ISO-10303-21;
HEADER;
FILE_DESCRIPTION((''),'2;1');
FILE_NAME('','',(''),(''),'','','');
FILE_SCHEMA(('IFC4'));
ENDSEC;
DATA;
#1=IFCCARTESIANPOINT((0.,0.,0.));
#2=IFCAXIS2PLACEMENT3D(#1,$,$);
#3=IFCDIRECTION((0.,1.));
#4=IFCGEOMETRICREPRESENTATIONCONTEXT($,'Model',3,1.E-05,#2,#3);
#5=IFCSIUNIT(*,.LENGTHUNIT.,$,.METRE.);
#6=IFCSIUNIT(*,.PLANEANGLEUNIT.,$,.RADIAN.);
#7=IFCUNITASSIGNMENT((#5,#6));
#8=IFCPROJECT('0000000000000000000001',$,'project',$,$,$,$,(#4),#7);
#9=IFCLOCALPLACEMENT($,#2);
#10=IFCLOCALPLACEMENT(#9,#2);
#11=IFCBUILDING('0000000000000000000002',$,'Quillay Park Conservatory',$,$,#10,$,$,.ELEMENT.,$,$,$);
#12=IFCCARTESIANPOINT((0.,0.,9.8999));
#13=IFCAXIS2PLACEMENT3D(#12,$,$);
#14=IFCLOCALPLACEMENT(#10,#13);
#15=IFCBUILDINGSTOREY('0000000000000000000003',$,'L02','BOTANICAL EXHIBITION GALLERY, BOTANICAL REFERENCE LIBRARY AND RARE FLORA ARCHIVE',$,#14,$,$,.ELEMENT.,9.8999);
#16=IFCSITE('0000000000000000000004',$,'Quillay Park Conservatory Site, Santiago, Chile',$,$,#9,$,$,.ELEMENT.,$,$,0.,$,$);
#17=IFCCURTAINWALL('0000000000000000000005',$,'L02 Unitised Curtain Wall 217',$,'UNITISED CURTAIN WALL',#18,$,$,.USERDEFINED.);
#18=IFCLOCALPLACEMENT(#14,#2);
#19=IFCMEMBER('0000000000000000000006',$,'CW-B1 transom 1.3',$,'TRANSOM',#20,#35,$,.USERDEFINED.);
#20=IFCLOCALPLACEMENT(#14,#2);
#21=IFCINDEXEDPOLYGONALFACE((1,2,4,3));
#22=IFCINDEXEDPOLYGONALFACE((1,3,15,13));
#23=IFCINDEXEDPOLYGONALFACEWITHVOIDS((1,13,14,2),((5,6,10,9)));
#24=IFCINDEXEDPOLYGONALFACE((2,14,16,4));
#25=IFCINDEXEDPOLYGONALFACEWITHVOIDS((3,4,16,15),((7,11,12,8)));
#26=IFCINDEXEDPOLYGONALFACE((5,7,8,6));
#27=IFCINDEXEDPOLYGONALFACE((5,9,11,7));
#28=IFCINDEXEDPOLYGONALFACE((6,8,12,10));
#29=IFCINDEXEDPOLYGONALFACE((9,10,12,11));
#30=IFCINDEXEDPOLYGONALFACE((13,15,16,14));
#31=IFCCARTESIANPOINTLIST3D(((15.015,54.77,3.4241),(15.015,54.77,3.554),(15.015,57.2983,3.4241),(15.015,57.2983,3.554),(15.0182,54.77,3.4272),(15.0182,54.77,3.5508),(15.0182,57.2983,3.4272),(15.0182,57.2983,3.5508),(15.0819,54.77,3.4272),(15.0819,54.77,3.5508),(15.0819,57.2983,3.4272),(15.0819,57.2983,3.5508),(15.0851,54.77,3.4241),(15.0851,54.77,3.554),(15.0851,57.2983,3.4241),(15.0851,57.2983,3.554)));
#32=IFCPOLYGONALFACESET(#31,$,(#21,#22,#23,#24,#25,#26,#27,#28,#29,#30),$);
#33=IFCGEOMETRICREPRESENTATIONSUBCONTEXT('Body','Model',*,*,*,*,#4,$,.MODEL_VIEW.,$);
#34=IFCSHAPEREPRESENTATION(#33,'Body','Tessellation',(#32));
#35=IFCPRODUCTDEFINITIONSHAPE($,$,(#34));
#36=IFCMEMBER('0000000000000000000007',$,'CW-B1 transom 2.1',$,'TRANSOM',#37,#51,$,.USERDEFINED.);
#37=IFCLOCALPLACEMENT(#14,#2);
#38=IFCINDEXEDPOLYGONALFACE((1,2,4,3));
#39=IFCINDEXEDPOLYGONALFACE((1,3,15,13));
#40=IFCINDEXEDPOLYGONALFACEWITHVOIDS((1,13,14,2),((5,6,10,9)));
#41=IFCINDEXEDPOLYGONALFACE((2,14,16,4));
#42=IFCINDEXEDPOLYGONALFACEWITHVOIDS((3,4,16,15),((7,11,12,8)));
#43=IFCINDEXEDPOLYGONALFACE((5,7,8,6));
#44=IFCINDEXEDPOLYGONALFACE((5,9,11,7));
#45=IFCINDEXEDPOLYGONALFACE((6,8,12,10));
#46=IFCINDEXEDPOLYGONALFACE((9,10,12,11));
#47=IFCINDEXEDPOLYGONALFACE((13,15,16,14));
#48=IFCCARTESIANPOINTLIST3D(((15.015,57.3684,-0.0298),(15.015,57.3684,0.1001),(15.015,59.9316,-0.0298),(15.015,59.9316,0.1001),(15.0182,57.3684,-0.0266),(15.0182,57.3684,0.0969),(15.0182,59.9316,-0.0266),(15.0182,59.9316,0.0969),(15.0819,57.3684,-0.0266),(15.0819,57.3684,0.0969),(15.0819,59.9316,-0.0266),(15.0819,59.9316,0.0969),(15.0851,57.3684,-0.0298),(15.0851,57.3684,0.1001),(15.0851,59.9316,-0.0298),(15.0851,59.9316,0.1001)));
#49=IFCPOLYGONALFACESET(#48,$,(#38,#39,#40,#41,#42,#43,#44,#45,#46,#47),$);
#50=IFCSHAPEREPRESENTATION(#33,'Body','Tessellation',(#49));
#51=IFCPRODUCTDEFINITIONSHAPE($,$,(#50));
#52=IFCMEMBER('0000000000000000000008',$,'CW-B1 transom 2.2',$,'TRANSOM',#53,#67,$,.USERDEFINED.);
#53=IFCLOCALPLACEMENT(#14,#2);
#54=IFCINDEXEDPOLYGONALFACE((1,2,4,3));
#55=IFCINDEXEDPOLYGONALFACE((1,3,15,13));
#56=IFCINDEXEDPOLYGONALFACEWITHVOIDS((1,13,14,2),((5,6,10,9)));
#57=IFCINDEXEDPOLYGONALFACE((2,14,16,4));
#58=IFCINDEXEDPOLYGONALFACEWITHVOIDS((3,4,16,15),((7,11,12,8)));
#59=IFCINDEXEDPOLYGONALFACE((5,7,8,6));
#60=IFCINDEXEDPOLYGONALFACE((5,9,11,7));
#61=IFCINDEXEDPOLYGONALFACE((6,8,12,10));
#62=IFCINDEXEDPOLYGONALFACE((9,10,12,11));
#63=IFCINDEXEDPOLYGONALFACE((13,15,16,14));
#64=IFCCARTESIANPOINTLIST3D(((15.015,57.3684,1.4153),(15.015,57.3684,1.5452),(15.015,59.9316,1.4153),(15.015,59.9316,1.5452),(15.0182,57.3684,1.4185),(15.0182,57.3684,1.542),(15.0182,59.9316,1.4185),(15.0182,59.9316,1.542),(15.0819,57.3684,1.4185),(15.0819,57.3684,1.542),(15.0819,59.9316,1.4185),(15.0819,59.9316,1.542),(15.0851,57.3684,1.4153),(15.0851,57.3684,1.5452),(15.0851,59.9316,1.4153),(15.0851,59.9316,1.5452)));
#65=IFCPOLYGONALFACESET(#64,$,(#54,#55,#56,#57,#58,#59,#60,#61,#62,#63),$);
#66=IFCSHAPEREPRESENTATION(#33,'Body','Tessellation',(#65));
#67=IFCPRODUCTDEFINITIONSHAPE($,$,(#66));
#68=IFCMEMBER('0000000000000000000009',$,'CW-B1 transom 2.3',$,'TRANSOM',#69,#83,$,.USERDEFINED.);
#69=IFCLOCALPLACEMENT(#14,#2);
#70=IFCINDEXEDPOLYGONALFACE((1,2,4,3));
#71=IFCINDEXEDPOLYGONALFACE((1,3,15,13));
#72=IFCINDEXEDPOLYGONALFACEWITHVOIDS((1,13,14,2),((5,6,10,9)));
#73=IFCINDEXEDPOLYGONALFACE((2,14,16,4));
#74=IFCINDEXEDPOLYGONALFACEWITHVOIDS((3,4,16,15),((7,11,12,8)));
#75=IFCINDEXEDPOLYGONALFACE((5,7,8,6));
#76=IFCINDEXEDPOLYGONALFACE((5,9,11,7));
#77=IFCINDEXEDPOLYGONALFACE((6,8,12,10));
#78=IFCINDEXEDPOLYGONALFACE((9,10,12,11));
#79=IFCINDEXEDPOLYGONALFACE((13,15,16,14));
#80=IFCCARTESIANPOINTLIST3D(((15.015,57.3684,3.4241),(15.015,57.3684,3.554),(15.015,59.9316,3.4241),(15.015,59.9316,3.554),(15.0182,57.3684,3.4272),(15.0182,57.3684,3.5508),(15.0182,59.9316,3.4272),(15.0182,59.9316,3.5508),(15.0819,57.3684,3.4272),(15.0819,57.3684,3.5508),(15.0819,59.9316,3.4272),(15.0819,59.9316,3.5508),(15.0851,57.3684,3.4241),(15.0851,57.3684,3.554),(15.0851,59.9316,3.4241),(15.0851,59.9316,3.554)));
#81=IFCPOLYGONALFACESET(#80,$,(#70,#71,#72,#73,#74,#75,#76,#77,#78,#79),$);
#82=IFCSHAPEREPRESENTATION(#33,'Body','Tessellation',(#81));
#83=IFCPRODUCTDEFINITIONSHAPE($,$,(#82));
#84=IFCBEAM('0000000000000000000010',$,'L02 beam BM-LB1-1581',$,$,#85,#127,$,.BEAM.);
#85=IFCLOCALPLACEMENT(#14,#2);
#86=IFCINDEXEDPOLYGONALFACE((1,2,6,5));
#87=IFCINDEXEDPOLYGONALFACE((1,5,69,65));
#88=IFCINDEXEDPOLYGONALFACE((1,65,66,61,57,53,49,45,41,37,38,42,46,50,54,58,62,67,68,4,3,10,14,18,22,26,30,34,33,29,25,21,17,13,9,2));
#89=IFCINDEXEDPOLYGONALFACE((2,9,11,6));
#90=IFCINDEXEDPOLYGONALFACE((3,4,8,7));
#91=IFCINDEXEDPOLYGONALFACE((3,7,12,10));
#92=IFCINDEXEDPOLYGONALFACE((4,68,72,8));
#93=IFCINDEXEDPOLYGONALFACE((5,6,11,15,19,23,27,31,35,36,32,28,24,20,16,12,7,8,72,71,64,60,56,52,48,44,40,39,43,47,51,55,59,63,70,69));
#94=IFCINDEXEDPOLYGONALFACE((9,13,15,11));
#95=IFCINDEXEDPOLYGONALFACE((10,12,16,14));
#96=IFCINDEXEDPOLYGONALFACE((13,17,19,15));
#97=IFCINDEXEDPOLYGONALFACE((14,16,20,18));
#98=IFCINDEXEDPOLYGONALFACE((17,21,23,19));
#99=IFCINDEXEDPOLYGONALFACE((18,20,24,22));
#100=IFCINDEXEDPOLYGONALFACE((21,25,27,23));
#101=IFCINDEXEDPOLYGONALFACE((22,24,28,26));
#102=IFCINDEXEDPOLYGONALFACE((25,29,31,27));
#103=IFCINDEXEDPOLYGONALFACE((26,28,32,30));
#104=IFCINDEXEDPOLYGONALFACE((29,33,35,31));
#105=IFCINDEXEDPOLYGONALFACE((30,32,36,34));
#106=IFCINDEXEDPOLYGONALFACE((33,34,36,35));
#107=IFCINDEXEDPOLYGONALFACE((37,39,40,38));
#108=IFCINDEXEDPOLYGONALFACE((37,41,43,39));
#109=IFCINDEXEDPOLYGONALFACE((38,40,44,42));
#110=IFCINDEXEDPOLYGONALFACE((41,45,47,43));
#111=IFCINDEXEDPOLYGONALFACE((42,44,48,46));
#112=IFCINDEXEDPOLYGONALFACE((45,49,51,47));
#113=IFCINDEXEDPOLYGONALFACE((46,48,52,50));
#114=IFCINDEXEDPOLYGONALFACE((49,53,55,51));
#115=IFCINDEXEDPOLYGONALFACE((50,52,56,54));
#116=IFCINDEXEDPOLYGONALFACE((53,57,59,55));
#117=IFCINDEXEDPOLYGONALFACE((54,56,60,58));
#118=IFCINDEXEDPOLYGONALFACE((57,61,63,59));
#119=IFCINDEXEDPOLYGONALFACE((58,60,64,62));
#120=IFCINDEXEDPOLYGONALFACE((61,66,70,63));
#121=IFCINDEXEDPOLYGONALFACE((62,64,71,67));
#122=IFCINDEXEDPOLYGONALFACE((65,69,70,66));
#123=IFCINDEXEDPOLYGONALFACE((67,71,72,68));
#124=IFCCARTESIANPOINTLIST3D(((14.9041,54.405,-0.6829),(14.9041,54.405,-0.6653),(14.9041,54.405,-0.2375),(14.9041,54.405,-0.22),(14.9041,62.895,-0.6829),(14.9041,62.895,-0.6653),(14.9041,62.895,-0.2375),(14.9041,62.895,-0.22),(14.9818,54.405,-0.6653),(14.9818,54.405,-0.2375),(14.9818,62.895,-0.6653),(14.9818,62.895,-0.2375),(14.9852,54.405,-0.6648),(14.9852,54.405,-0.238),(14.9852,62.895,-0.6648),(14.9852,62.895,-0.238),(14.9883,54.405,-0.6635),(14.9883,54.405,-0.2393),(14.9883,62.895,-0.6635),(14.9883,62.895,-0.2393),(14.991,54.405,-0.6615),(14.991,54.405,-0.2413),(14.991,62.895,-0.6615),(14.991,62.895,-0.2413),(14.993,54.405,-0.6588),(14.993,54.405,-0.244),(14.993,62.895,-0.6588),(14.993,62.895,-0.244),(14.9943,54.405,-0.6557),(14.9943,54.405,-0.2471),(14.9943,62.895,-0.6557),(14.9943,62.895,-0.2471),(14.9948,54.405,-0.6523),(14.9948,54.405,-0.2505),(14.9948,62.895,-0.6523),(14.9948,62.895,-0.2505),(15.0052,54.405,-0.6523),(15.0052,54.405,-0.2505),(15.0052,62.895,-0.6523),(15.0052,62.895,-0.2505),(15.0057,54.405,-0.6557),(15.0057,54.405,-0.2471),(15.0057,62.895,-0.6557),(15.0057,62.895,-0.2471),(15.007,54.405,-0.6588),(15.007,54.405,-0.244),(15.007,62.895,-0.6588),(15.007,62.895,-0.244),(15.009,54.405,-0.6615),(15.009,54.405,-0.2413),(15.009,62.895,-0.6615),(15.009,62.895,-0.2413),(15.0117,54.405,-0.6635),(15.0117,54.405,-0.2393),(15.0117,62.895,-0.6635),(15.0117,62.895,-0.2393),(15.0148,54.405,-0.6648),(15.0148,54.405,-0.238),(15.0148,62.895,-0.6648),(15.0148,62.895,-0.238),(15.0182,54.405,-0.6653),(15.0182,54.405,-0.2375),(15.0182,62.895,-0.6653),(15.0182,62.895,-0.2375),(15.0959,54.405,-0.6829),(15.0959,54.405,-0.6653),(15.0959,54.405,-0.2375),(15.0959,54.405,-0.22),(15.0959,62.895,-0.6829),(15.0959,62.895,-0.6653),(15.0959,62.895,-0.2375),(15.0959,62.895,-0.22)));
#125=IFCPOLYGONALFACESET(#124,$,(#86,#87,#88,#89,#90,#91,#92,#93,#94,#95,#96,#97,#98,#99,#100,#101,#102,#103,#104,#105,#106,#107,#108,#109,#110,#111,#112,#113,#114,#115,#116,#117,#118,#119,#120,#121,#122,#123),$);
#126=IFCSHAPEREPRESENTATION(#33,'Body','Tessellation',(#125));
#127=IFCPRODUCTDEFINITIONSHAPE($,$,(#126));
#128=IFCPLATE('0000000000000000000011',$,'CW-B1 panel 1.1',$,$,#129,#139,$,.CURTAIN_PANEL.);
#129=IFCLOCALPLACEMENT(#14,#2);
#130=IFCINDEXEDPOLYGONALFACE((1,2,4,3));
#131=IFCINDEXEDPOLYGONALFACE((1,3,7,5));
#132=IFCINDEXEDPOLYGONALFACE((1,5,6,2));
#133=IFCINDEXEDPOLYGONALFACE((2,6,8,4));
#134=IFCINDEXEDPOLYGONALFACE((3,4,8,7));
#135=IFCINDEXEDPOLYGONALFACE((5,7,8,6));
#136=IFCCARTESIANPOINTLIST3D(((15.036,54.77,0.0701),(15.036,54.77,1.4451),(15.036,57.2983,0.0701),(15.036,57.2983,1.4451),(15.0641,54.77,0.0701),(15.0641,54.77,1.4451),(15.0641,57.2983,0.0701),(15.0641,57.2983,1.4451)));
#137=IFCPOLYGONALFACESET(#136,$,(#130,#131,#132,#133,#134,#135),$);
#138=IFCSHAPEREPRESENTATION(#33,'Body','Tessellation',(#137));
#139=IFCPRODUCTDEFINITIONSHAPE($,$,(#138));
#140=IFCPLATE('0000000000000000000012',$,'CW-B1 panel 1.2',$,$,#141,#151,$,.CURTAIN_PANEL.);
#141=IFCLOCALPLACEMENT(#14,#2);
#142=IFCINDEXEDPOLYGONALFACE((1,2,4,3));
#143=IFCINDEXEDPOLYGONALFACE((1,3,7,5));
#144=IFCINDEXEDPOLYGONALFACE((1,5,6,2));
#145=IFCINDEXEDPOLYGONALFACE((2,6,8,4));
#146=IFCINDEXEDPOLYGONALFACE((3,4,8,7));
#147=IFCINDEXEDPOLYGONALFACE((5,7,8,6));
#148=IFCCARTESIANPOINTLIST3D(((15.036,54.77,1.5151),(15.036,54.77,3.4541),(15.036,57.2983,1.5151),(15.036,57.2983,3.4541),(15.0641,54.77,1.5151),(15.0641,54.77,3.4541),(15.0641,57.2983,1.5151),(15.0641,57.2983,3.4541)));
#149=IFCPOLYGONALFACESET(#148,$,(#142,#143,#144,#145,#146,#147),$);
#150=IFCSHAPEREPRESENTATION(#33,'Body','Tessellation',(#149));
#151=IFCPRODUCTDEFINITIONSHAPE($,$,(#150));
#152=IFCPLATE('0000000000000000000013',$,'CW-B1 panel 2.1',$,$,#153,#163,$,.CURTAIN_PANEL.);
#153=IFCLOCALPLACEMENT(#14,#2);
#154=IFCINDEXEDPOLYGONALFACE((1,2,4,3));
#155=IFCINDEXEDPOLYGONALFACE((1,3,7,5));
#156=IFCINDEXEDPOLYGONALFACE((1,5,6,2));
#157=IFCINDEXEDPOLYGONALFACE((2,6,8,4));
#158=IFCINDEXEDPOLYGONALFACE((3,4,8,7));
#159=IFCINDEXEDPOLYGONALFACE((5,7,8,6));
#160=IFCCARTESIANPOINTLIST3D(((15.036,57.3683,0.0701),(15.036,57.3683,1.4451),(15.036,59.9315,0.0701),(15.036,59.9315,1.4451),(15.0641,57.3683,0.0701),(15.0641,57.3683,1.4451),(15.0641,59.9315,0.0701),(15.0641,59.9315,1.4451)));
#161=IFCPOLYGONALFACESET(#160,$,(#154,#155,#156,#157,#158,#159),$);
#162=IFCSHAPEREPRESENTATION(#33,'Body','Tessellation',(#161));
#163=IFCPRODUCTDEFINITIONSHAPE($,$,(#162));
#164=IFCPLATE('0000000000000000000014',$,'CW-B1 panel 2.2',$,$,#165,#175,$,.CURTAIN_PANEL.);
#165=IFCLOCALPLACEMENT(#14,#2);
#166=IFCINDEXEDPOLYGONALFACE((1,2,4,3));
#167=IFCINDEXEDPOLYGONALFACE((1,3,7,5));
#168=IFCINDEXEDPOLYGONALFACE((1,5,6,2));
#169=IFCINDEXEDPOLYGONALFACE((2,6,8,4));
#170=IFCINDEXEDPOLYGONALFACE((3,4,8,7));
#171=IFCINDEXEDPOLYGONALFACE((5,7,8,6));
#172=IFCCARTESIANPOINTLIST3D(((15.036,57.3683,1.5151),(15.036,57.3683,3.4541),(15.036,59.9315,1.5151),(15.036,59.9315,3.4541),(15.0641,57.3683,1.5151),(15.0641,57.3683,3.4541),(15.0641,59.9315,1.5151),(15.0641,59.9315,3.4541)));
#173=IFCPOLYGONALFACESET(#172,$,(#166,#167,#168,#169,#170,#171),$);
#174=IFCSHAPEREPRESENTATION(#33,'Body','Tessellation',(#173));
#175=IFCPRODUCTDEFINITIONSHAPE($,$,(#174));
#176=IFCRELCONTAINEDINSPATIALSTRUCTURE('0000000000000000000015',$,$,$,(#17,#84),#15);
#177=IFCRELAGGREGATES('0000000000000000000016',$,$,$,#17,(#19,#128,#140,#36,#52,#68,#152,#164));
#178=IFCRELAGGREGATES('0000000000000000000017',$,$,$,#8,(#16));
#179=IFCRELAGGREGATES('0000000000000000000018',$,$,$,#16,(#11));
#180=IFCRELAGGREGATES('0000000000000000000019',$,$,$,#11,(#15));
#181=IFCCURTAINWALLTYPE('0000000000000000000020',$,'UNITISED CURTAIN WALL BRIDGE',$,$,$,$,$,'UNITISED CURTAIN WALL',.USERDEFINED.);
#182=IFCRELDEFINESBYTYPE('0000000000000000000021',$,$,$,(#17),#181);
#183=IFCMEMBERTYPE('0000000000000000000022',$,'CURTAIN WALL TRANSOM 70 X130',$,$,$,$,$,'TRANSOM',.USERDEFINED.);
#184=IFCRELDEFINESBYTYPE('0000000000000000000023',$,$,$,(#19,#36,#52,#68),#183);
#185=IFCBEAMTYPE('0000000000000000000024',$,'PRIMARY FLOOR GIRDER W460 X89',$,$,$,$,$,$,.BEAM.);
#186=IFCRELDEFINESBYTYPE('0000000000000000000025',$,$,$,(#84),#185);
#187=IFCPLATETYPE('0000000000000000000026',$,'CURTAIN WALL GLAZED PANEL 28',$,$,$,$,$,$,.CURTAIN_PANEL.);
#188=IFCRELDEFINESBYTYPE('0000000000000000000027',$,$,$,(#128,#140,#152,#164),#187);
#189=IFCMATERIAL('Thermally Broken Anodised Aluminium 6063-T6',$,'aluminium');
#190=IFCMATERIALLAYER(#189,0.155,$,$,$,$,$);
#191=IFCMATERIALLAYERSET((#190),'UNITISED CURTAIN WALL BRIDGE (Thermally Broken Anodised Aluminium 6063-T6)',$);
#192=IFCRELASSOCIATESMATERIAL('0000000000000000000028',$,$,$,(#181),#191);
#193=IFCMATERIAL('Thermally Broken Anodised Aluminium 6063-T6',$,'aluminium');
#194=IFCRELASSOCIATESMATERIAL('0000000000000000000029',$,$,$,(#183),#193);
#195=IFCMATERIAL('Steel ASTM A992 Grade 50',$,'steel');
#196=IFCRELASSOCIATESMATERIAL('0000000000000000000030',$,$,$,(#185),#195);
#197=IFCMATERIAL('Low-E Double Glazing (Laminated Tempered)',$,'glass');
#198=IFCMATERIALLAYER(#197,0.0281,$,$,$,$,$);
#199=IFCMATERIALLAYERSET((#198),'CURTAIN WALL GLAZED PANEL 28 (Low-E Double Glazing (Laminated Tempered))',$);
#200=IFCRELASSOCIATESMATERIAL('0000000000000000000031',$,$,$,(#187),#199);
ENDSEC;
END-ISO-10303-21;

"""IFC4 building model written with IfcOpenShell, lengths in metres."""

from ifc_helpers import new_model, si_unit, direction, frame, origin, origin_2d, place, context, subcontext, project, spatial, rectangle, hollow_rectangle, i_section, extrude, material, layer, layer_set, material_profile, profile_set, type_object, element, aggregate, save


model = new_model("IFC4")

# Units and contexts
model_context = context("Model", 3, precision=1e-05, world=origin(), true_north=direction((0.0, 1.0)))
body_context = subcontext(model_context, "Body", "Model", "MODEL_VIEW")
ifc_project = project(units=[si_unit("LENGTHUNIT", "METRE"), si_unit("PLANEANGLEUNIT", "RADIAN")], contexts=[model_context])

# Site, building, storey
site_placement = place(None, origin())
site = spatial("IfcSite", under=ifc_project, at=site_placement, Name="Quillay Park Conservatory Site, Santiago, Chile", CompositionType="ELEMENT", RefElevation=0.0)
building_placement = place(site_placement, origin())
building = spatial("IfcBuilding", under=site, at=building_placement, Name="Quillay Park Conservatory", CompositionType="ELEMENT")
storey_placement = place(building_placement, frame((0.0, 0.0, 9.8999)))
storey = spatial("IfcBuildingStorey", under=building, at=storey_placement, Name="L02", Description="BOTANICAL EXHIBITION GALLERY, BOTANICAL REFERENCE LIBRARY AND RARE FLORA ARCHIVE", CompositionType="ELEMENT", Elevation=9.8999)

# Curtain wall, members
ifc_material_1 = material(Name="Thermally Broken Anodised Aluminium 6063-T6", Category="aluminium")
ifc_layer_1 = layer(ifc_material_1, 0.155)
ifc_layer_set_1 = layer_set([ifc_layer_1], Name="UNITISED CURTAIN WALL BRIDGE (Thermally Broken Anodised Aluminium 6063-T6)")
curtain_wall_type = type_object("IfcCurtainWallType", Name="UNITISED CURTAIN WALL BRIDGE", ElementType="UNITISED CURTAIN WALL", PredefinedType="USERDEFINED", material=ifc_layer_set_1)
curtain_wall_placement = place(storey_placement, origin())
curtain_wall = element("IfcCurtainWall", 1, at=curtain_wall_placement, inside=storey, type_object=curtain_wall_type, Name="L02 Unitised Curtain Wall 217", ObjectType="UNITISED CURTAIN WALL", PredefinedType="USERDEFINED")
ifc_material_2 = material(Name="Thermally Broken Anodised Aluminium 6063-T6", Category="aluminium")
ifc_material_profile_1 = material_profile(ifc_material_2, hollow_rectangle(XDim=0.0701, YDim=0.1299, WallThickness=0.0032, at=origin_2d()), Name="AL70x130x3.2")
ifc_profile_set_1 = profile_set([ifc_material_profile_1], Name="Thermally Broken Anodised Aluminium 6063-T6")
member_type_1 = type_object("IfcMemberType", Name="CURTAIN WALL TRANSOM 70 X130", ElementType="TRANSOM", PredefinedType="USERDEFINED", material=ifc_profile_set_1)
member_1_placement = place(storey_placement, frame((15.05, 54.77, 3.489), z_axis=(0.0, 1.0, 0.0), x_axis=(-1.0, 0.0, 0.0)))
member_1 = element("IfcMember", 2, at=member_1_placement, type_object=member_type_1, Name="CW-B1 transom 1.3", ObjectType="TRANSOM", PredefinedType="USERDEFINED", context=body_context, shape_type="SweptSolid", body=[
    extrude(hollow_rectangle(XDim=0.0701, YDim=0.1299, WallThickness=0.0032, at=origin_2d()), origin(), (0.0, 0.0, 1.0), 2.5283),
])
member_2_placement = place(storey_placement, frame((15.05, 57.3684, 0.0352), z_axis=(0.0, 1.0, 0.0), x_axis=(-1.0, 0.0, 0.0)))
member_2 = element("IfcMember", 3, at=member_2_placement, type_object=member_type_1, Name="CW-B1 transom 2.1", ObjectType="TRANSOM", PredefinedType="USERDEFINED", context=body_context, shape_type="SweptSolid", body=[
    extrude(hollow_rectangle(XDim=0.0701, YDim=0.1299, WallThickness=0.0032, at=origin_2d()), origin(), (0.0, 0.0, 1.0), 2.5632),
])
member_3_placement = place(storey_placement, frame((15.05, 57.3684, 1.4802), z_axis=(0.0, 1.0, 0.0), x_axis=(-1.0, 0.0, 0.0)))
member_3 = element("IfcMember", 4, at=member_3_placement, type_object=member_type_1, Name="CW-B1 transom 2.2", ObjectType="TRANSOM", PredefinedType="USERDEFINED", context=body_context, shape_type="SweptSolid", body=[
    extrude(hollow_rectangle(XDim=0.0701, YDim=0.1299, WallThickness=0.0032, at=origin_2d()), origin(), (0.0, 0.0, 1.0), 2.5632),
])
member_4_placement = place(storey_placement, frame((15.05, 57.3684, 3.489), z_axis=(0.0, 1.0, 0.0), x_axis=(-1.0, 0.0, 0.0)))
member_4 = element("IfcMember", 5, at=member_4_placement, type_object=member_type_1, Name="CW-B1 transom 2.3", ObjectType="TRANSOM", PredefinedType="USERDEFINED", context=body_context, shape_type="SweptSolid", body=[
    extrude(hollow_rectangle(XDim=0.0701, YDim=0.1299, WallThickness=0.0032, at=origin_2d()), origin(), (0.0, 0.0, 1.0), 2.5632),
])

# Beam
ifc_material_3 = material(Name="Steel ASTM A992 Grade 50", Category="steel")
ifc_material_profile_2 = material_profile(ifc_material_3, i_section(OverallWidth=0.1919, OverallDepth=0.4629, WebThickness=0.0105, FlangeThickness=0.0176, FilletRadius=0.0129, at=origin_2d()), Name="W460x89")
ifc_profile_set_2 = profile_set([ifc_material_profile_2], Name="Steel ASTM A992 Grade 50")
beam_type = type_object("IfcBeamType", Name="PRIMARY FLOOR GIRDER W460 X89", PredefinedType="BEAM", material=ifc_profile_set_2)
beam_placement = place(storey_placement, frame((15.0, 54.405, -0.4514), z_axis=(0.0, 1.0, 0.0), x_axis=(-1.0, 0.0, 0.0)))
element("IfcBeam", 6, at=beam_placement, inside=storey, type_object=beam_type, Name="L02 beam BM-LB1-1581", PredefinedType="BEAM", context=body_context, shape_type="SweptSolid", body=[
    extrude(i_section(OverallWidth=0.1919, OverallDepth=0.4629, WebThickness=0.0105, FlangeThickness=0.0176, FilletRadius=0.0129, at=origin_2d()), origin(), (0.0, 0.0, 1.0), 8.49),
])

# Plates
ifc_material_4 = material(Name="Low-E Double Glazing (Laminated Tempered)", Category="glass")
ifc_layer_2 = layer(ifc_material_4, 0.0281)
ifc_layer_set_2 = layer_set([ifc_layer_2], Name="CURTAIN WALL GLAZED PANEL 28 (Low-E Double Glazing (Laminated Tempered))")
plate_type = type_object("IfcPlateType", Name="CURTAIN WALL GLAZED PANEL 28", PredefinedType="CURTAIN_PANEL", material=ifc_layer_set_2)
plate_1_placement = place(storey_placement, frame((15.05, 56.0342, 0.0701), z_axis=(0.0, 0.0, 1.0), x_axis=(0.0, 1.0, 0.0)))
plate_1 = element("IfcPlate", 7, at=plate_1_placement, type_object=plate_type, Name="CW-B1 panel 1.1", PredefinedType="CURTAIN_PANEL", context=body_context, shape_type="SweptSolid", body=[
    extrude(rectangle(XDim=2.5283, YDim=0.0281, at=origin_2d()), origin(), (0.0, 0.0, 1.0), 1.375),
])
plate_2_placement = place(storey_placement, frame((15.05, 56.0342, 1.5151), z_axis=(0.0, 0.0, 1.0), x_axis=(0.0, 1.0, 0.0)))
plate_2 = element("IfcPlate", 8, at=plate_2_placement, type_object=plate_type, Name="CW-B1 panel 1.2", PredefinedType="CURTAIN_PANEL", context=body_context, shape_type="SweptSolid", body=[
    extrude(rectangle(XDim=2.5283, YDim=0.0281, at=origin_2d()), origin(), (0.0, 0.0, 1.0), 1.939),
])
plate_3_placement = place(storey_placement, frame((15.05, 58.6499, 0.0701), z_axis=(0.0, 0.0, 1.0), x_axis=(0.0, 1.0, 0.0)))
plate_3 = element("IfcPlate", 9, at=plate_3_placement, type_object=plate_type, Name="CW-B1 panel 2.1", PredefinedType="CURTAIN_PANEL", context=body_context, shape_type="SweptSolid", body=[
    extrude(rectangle(XDim=2.5632, YDim=0.0281, at=origin_2d()), origin(), (0.0, 0.0, 1.0), 1.375),
])
plate_4_placement = place(storey_placement, frame((15.05, 58.6499, 1.5151), z_axis=(0.0, 0.0, 1.0), x_axis=(0.0, 1.0, 0.0)))
plate_4 = element("IfcPlate", 10, at=plate_4_placement, type_object=plate_type, Name="CW-B1 panel 2.2", PredefinedType="CURTAIN_PANEL", context=body_context, shape_type="SweptSolid", body=[
    extrude(rectangle(XDim=2.5632, YDim=0.0281, at=origin_2d()), origin(), (0.0, 0.0, 1.0), 1.939),
])
aggregate(curtain_wall, [member_1, plate_1, plate_2, member_2, member_3, member_4, plate_3, plate_4])

save(model, "model.ifc")
